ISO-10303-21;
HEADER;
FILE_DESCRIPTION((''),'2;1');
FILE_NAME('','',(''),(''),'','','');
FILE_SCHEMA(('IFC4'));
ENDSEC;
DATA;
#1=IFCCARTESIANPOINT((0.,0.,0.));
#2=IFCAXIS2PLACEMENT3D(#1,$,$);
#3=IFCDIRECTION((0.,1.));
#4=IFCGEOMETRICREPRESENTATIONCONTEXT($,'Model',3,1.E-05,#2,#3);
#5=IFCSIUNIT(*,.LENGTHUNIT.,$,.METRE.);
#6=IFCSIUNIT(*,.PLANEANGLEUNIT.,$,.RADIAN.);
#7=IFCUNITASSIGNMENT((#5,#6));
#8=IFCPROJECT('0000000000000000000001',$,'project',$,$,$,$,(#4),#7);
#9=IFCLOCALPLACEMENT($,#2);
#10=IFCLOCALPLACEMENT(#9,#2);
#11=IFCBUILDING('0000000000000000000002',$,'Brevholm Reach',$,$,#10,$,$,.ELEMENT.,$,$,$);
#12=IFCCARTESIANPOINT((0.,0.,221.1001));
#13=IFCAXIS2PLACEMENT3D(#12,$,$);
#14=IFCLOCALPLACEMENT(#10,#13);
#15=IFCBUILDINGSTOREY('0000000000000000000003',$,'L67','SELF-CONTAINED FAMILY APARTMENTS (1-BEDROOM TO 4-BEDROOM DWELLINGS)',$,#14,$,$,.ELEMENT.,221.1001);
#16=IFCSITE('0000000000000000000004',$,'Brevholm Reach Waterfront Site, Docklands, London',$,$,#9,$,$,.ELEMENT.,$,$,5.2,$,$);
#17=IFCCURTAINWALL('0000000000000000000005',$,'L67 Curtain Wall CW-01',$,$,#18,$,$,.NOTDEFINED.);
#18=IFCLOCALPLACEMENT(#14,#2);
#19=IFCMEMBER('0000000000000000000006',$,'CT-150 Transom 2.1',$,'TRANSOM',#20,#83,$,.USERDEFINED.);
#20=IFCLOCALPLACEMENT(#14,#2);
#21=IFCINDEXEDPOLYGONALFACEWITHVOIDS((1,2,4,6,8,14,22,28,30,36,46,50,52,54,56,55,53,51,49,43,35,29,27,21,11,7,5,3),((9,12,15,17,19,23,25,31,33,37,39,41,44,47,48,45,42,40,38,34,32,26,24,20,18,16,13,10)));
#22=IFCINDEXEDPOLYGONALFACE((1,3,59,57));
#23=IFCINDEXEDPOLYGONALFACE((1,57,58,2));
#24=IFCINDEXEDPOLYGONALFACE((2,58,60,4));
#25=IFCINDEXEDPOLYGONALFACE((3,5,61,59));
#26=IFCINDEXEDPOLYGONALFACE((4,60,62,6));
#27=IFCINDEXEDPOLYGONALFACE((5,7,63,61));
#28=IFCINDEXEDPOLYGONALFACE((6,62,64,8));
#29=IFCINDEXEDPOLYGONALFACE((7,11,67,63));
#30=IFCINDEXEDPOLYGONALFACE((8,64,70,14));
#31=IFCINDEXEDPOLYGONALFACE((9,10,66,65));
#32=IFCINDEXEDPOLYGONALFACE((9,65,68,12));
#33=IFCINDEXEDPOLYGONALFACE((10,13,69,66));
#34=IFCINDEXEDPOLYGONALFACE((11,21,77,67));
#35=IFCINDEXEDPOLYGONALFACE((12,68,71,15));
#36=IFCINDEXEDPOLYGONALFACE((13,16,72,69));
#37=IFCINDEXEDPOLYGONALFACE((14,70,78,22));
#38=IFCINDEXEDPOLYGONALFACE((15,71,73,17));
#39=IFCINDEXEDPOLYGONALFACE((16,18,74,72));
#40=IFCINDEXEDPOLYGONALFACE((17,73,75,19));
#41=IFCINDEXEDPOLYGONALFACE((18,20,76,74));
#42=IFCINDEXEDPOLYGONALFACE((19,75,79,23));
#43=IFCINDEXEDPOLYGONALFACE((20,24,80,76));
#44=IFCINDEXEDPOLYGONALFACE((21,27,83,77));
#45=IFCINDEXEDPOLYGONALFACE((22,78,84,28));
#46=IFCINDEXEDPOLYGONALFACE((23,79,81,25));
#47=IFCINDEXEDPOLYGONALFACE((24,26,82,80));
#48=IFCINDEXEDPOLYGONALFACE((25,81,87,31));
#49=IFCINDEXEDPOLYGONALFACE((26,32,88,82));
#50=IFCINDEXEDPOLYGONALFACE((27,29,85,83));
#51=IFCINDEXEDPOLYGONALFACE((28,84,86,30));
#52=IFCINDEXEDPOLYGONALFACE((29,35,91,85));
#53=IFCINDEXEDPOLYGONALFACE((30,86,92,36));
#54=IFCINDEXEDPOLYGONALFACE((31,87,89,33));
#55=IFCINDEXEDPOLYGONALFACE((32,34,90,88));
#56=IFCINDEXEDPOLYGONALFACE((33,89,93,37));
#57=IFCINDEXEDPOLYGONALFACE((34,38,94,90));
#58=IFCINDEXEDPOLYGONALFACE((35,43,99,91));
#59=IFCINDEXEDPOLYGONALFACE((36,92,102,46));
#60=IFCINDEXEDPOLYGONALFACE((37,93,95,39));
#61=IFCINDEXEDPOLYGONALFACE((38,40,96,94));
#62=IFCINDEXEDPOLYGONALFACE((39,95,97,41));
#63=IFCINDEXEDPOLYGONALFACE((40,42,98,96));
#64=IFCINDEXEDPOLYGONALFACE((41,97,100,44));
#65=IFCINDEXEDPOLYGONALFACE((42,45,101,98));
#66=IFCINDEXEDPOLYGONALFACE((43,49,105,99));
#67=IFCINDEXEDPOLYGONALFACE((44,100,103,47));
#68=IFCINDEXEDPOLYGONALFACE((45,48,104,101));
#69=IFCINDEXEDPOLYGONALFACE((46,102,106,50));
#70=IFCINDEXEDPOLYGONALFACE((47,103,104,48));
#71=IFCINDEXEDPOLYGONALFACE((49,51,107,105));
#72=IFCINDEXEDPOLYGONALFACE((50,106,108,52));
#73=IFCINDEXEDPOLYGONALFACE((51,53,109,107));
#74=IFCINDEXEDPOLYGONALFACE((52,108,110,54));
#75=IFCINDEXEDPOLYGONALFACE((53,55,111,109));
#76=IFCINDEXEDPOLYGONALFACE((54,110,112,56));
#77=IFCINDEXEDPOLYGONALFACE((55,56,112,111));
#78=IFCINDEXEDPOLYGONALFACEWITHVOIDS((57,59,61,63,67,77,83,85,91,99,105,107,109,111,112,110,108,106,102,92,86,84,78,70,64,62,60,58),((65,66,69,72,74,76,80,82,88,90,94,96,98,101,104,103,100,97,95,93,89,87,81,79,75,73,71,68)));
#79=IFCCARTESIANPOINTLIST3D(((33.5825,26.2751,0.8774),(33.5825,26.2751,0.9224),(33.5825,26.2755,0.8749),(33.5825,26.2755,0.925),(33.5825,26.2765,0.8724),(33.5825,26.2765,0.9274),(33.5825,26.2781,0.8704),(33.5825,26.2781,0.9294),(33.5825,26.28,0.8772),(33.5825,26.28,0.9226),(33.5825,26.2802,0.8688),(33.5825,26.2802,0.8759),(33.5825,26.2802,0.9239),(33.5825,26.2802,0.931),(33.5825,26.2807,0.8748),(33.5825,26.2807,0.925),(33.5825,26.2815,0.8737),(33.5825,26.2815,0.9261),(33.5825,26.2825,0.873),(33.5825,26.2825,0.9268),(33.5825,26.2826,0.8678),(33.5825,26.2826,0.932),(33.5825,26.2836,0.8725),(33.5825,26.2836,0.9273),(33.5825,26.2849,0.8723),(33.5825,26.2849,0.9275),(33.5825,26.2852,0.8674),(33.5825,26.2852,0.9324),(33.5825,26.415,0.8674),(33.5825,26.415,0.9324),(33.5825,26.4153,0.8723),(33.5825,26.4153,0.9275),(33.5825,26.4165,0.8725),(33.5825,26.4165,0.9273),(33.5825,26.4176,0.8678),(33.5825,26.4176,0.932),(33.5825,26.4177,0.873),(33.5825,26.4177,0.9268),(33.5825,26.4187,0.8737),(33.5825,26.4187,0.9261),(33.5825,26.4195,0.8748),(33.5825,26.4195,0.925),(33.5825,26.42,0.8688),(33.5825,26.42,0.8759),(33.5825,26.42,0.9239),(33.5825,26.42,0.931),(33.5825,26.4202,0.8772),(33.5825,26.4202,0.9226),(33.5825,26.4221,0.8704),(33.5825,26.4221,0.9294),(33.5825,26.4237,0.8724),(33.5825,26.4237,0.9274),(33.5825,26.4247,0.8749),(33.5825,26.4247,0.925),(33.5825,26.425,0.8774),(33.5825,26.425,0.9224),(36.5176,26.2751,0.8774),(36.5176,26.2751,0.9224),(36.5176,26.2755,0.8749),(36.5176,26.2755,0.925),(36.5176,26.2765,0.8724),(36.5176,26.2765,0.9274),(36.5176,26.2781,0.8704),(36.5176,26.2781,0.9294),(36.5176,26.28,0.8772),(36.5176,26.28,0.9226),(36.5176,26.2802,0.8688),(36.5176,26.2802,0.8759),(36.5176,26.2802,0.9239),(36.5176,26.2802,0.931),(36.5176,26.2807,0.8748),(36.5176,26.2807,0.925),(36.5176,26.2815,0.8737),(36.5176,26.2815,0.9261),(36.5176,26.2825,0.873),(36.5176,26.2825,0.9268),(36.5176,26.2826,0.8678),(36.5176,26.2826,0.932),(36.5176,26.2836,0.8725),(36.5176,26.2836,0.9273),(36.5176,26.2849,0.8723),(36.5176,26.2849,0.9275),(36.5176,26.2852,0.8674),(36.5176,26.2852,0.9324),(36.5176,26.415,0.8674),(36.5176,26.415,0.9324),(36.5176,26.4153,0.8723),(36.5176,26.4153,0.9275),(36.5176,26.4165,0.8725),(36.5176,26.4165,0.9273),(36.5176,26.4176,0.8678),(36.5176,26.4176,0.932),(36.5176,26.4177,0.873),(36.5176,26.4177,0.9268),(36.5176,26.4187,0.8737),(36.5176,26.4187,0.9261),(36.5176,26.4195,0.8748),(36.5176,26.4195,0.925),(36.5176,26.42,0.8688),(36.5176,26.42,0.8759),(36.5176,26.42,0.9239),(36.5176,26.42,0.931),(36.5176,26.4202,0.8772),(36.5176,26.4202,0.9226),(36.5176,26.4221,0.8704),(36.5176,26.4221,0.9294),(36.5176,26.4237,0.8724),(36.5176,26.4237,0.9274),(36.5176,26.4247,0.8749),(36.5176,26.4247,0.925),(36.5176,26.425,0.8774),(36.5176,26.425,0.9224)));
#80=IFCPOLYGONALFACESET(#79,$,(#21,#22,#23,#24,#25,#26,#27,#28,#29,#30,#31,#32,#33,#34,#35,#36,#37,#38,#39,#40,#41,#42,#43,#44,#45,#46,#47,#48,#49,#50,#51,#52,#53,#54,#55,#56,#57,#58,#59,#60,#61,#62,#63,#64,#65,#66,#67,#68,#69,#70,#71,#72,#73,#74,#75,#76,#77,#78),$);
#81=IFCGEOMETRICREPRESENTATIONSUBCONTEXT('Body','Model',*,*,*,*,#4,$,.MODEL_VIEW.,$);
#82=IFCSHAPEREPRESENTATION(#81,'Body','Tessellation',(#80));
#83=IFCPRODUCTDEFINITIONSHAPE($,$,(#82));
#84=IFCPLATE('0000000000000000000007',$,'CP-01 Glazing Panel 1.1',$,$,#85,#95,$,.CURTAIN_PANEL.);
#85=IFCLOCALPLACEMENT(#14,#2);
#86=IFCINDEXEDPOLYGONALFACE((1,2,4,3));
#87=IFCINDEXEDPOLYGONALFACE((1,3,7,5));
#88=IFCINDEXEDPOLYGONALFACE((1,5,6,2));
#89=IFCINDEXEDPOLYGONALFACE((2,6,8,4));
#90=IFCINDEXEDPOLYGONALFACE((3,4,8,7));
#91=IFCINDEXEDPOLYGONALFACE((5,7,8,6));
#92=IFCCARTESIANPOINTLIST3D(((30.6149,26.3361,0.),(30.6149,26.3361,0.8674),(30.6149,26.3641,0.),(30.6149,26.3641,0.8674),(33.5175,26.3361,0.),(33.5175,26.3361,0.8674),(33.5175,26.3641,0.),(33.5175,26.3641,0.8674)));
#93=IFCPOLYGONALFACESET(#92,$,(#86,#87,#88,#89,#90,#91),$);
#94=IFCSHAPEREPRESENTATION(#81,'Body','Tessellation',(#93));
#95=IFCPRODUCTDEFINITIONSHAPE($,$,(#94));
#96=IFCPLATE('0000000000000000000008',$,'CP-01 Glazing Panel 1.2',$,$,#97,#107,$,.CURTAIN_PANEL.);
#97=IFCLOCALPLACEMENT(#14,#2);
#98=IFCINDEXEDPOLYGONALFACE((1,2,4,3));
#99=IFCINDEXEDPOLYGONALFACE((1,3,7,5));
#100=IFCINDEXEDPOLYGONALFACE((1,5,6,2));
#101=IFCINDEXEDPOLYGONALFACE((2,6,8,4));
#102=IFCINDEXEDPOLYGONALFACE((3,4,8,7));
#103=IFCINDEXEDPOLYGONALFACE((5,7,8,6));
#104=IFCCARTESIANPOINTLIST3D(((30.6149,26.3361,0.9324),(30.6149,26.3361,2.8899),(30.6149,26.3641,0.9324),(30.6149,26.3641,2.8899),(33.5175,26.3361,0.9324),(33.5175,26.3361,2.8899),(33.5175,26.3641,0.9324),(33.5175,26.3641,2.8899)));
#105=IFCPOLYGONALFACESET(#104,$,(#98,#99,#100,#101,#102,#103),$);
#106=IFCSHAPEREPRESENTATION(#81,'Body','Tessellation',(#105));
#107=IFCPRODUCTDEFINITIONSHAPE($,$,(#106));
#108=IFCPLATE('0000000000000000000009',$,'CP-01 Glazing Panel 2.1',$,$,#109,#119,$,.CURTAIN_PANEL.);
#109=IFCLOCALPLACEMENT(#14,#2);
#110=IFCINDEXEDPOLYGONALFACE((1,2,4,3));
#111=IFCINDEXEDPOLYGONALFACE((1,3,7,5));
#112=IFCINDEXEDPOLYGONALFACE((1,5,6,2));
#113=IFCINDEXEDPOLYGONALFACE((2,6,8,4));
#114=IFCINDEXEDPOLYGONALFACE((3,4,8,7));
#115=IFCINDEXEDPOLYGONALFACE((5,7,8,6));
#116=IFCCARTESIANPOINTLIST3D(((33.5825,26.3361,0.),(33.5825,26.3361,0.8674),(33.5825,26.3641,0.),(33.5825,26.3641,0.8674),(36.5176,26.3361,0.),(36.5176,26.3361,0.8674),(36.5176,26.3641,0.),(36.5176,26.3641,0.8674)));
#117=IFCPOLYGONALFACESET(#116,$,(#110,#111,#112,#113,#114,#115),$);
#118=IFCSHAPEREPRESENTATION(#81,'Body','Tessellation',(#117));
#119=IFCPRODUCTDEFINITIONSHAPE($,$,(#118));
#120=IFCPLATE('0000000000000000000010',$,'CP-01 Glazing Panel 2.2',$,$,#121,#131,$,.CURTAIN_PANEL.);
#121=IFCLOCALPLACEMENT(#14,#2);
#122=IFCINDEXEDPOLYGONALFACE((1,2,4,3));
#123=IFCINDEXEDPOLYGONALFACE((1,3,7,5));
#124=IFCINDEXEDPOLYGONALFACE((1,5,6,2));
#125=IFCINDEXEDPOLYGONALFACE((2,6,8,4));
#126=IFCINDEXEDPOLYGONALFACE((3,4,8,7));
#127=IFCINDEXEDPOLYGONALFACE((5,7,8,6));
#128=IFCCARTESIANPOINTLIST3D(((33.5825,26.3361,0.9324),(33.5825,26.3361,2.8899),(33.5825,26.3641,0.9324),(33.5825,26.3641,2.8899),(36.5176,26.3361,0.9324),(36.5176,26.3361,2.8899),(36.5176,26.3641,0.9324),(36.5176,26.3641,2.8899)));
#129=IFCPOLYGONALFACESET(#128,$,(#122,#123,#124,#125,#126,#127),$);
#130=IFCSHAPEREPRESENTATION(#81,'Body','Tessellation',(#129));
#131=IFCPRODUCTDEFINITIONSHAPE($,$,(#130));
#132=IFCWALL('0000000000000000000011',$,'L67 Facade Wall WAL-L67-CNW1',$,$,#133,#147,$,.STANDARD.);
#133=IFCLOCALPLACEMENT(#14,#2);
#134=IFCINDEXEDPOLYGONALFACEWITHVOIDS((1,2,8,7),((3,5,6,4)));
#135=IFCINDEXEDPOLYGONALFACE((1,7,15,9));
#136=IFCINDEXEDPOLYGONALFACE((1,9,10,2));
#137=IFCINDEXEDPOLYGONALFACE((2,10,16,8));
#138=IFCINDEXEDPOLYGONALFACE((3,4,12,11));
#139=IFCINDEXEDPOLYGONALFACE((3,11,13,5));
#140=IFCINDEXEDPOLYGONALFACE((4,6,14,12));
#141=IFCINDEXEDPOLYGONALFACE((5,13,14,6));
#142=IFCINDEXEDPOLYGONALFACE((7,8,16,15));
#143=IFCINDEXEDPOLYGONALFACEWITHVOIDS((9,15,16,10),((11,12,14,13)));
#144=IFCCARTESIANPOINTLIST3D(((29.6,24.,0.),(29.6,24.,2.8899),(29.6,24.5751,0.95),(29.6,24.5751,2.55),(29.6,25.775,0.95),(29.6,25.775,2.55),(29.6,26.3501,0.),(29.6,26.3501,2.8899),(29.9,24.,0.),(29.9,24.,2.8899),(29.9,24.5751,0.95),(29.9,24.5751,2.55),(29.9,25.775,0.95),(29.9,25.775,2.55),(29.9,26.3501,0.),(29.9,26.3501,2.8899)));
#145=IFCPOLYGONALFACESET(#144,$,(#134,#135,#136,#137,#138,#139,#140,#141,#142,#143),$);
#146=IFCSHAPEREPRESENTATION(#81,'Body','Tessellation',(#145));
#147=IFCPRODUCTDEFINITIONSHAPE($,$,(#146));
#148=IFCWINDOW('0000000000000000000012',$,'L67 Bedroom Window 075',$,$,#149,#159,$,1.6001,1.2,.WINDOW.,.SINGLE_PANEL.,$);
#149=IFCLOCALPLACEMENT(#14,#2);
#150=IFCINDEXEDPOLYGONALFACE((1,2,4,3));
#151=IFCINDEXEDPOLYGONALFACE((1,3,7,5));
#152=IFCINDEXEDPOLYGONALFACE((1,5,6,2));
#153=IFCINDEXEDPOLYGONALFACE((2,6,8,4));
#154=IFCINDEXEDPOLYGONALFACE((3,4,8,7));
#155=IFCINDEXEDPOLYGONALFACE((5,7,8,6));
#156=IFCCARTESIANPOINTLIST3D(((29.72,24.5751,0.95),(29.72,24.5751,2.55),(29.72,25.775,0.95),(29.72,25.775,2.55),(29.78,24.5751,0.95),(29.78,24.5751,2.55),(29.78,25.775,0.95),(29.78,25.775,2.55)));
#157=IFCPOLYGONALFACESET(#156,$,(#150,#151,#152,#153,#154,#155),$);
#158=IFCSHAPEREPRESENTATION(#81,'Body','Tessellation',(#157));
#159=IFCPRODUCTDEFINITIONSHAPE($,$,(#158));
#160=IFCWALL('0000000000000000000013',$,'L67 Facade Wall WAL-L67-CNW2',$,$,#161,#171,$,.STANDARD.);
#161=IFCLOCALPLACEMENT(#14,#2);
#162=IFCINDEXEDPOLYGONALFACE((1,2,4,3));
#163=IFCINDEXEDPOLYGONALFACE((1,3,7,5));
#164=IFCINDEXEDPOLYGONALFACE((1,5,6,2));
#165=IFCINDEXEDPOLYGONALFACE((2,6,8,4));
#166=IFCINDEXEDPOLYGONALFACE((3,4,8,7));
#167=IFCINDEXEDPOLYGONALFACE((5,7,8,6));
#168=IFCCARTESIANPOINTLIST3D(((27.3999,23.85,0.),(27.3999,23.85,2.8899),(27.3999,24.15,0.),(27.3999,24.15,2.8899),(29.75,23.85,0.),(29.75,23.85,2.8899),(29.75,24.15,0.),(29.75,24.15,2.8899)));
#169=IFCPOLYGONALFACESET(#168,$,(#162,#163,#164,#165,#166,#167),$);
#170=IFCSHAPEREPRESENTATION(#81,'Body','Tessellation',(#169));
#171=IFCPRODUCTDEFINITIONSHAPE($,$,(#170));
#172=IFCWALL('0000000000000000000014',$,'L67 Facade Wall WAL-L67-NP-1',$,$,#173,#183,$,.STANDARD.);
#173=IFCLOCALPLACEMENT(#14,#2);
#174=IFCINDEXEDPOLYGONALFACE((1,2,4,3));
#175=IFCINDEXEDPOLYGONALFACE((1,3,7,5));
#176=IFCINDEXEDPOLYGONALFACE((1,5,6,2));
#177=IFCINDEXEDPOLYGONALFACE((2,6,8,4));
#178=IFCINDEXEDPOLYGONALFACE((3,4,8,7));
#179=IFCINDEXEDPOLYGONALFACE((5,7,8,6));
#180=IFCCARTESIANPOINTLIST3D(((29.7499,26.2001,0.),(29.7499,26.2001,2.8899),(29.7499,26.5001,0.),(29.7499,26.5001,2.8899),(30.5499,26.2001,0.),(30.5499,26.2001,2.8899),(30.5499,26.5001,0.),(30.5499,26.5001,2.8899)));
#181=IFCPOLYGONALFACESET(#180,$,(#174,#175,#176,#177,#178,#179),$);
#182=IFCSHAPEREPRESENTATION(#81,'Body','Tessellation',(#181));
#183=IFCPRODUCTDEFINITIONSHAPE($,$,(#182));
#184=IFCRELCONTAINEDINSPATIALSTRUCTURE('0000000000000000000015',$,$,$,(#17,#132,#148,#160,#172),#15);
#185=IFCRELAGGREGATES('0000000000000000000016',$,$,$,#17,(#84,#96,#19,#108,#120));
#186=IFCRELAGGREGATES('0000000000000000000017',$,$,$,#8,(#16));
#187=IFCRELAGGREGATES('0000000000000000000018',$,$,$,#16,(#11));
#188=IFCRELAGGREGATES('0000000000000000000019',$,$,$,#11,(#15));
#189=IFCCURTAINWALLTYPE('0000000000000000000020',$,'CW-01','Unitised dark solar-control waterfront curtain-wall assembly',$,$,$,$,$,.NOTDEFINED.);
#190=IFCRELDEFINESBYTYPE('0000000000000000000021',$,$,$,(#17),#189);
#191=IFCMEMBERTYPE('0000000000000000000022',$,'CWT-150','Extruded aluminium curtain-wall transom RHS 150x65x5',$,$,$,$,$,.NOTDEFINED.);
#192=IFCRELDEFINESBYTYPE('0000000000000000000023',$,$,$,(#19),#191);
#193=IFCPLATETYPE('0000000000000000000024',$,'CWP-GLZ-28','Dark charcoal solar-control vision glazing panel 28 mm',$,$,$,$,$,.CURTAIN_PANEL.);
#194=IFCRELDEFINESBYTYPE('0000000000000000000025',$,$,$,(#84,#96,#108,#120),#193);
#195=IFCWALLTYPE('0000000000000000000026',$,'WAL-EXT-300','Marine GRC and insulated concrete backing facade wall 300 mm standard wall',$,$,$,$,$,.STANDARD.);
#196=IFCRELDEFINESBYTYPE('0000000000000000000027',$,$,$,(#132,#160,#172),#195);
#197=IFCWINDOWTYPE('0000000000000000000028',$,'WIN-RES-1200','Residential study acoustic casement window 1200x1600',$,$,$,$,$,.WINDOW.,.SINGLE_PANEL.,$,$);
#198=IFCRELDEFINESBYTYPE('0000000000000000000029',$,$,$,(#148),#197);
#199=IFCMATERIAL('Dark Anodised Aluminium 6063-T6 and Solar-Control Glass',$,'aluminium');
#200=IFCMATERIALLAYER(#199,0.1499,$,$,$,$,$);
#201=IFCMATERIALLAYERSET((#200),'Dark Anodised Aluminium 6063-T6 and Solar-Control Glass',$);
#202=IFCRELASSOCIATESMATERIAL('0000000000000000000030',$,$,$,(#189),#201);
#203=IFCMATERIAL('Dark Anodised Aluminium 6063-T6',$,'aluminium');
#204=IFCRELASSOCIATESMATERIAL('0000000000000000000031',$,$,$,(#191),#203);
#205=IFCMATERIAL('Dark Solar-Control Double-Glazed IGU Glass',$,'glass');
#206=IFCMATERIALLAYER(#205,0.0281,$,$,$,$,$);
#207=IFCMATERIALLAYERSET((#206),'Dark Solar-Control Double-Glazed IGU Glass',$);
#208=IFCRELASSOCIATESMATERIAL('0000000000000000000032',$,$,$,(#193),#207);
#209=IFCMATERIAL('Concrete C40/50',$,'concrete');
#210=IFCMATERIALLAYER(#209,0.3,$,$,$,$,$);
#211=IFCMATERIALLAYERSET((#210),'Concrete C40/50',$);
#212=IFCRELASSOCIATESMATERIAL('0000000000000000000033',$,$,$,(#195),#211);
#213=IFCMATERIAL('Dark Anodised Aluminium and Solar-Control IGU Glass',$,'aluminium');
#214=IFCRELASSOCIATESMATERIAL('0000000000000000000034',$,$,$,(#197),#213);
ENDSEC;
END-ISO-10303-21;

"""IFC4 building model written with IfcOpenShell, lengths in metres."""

from ifc_helpers import new_model, si_unit, direction, frame, frame_2d, origin, origin_2d, place, context, subcontext, project, spatial, rectangle, hollow_rectangle, extrude, material, layer, layer_set, material_profile, profile_set, type_object, element, fill, aggregate, save


model = new_model("IFC4")

# Units and contexts
model_context = context("Model", 3, precision=1e-05, world=origin(), true_north=direction((0.0, 1.0)))
body_context = subcontext(model_context, "Body", "Model", "MODEL_VIEW")
ifc_project = project(units=[si_unit("LENGTHUNIT", "METRE"), si_unit("PLANEANGLEUNIT", "RADIAN")], contexts=[model_context])

# Site, building, storey
site_placement = place(None, origin())
site = spatial("IfcSite", under=ifc_project, at=site_placement, Name="Brevholm Reach Waterfront Site, Docklands, London", CompositionType="ELEMENT", RefElevation=5.2)
building_placement = place(site_placement, origin())
building = spatial("IfcBuilding", under=site, at=building_placement, Name="Brevholm Reach", CompositionType="ELEMENT")
storey_placement = place(building_placement, frame((0.0, 0.0, 221.1001)))
storey = spatial("IfcBuildingStorey", under=building, at=storey_placement, Name="L67", Description="SELF-CONTAINED FAMILY APARTMENTS (1-BEDROOM TO 4-BEDROOM DWELLINGS)", CompositionType="ELEMENT", Elevation=221.1001)

# Curtain wall, member, plates
ifc_material_1 = material(Name="Dark Anodised Aluminium 6063-T6 and Solar-Control Glass", Category="aluminium")
ifc_layer_1 = layer(ifc_material_1, 0.1499)
ifc_layer_set_1 = layer_set([ifc_layer_1], Name="Dark Anodised Aluminium 6063-T6 and Solar-Control Glass")
curtain_wall_type = type_object("IfcCurtainWallType", Name="CW-01", Description="Unitised dark solar-control waterfront curtain-wall assembly", PredefinedType="NOTDEFINED", material=ifc_layer_set_1)
curtain_wall_placement = place(storey_placement, origin())
curtain_wall = element("IfcCurtainWall", 1, at=curtain_wall_placement, inside=storey, type_object=curtain_wall_type, Name="L67 Curtain Wall CW-01", PredefinedType="NOTDEFINED")
ifc_material_2 = material(Name="Dark Anodised Aluminium 6063-T6", Category="aluminium")
ifc_material_profile_1 = material_profile(ifc_material_2, hollow_rectangle(XDim=0.0649, YDim=0.1499, WallThickness=0.0049, InnerFilletRadius=0.0049, OuterFilletRadius=0.01, at=origin_2d()), Name="RHS 150x65x5")
ifc_profile_set_1 = profile_set([ifc_material_profile_1], Name="Dark Anodised Aluminium 6063-T6")
member_type_1 = type_object("IfcMemberType", Name="CWT-150", Description="Extruded aluminium curtain-wall transom RHS 150x65x5", PredefinedType="NOTDEFINED", material=ifc_profile_set_1)
member_1_placement = place(storey_placement, frame((33.5825, 26.3501, 0.8999), z_axis=(1.0, 0.0, 0.0), x_axis=(0.0, 0.0, 1.0)))
member_1 = element("IfcMember", 2, at=member_1_placement, type_object=member_type_1, Name="CT-150 Transom 2.1", ObjectType="TRANSOM", PredefinedType="USERDEFINED", context=body_context, shape_type="SweptSolid", body=[
    extrude(hollow_rectangle(XDim=0.0649, YDim=0.1499, WallThickness=0.0049, InnerFilletRadius=0.0049, OuterFilletRadius=0.01, at=origin_2d()), origin(), (0.0, 0.0, 1.0), 2.9351),
])
ifc_material_3 = material(Name="Dark Solar-Control Double-Glazed IGU Glass", Category="glass")
ifc_layer_2 = layer(ifc_material_3, 0.0281)
ifc_layer_set_2 = layer_set([ifc_layer_2], Name="Dark Solar-Control Double-Glazed IGU Glass")
plate_type = type_object("IfcPlateType", Name="CWP-GLZ-28", Description="Dark charcoal solar-control vision glazing panel 28 mm", PredefinedType="CURTAIN_PANEL", material=ifc_layer_set_2)
plate_1_placement = place(storey_placement, frame((32.0662, 26.3501, 0.0), z_axis=(0.0, 0.0, 1.0), x_axis=(1.0, 0.0, 0.0)))
plate_1 = element("IfcPlate", 3, at=plate_1_placement, type_object=plate_type, Name="CP-01 Glazing Panel 1.1", PredefinedType="CURTAIN_PANEL", context=body_context, shape_type="SweptSolid", body=[
    extrude(rectangle(XDim=2.9026, YDim=0.0281, at=origin_2d()), origin(), (0.0, 0.0, 1.0), 0.8674),
])
plate_2_placement = place(storey_placement, frame((32.0662, 26.3501, 0.9324), z_axis=(0.0, 0.0, 1.0), x_axis=(1.0, 0.0, 0.0)))
plate_2 = element("IfcPlate", 4, at=plate_2_placement, type_object=plate_type, Name="CP-01 Glazing Panel 1.2", PredefinedType="CURTAIN_PANEL", context=body_context, shape_type="SweptSolid", body=[
    extrude(rectangle(XDim=2.9026, YDim=0.0281, at=origin_2d()), origin(), (0.0, 0.0, 1.0), 1.9575),
])
plate_3_placement = place(storey_placement, frame((35.05, 26.3501, 0.0), z_axis=(0.0, 0.0, 1.0), x_axis=(1.0, 0.0, 0.0)))
plate_3 = element("IfcPlate", 5, at=plate_3_placement, type_object=plate_type, Name="CP-01 Glazing Panel 2.1", PredefinedType="CURTAIN_PANEL", context=body_context, shape_type="SweptSolid", body=[
    extrude(rectangle(XDim=2.9351, YDim=0.0281, at=origin_2d()), origin(), (0.0, 0.0, 1.0), 0.8674),
])
plate_4_placement = place(storey_placement, frame((35.05, 26.3501, 0.9324), z_axis=(0.0, 0.0, 1.0), x_axis=(1.0, 0.0, 0.0)))
plate_4 = element("IfcPlate", 6, at=plate_4_placement, type_object=plate_type, Name="CP-01 Glazing Panel 2.2", PredefinedType="CURTAIN_PANEL", context=body_context, shape_type="SweptSolid", body=[
    extrude(rectangle(XDim=2.9351, YDim=0.0281, at=origin_2d()), origin(), (0.0, 0.0, 1.0), 1.9575),
])
aggregate(curtain_wall, [plate_1, plate_2, member_1, plate_3, plate_4])

# Wall, opening, window
ifc_material_4 = material(Name="Concrete C40/50", Category="concrete")
ifc_layer_3 = layer(ifc_material_4, 0.3)
ifc_layer_set_3 = layer_set([ifc_layer_3], Name="Concrete C40/50")
wall_type_1 = type_object("IfcWallType", Name="WAL-EXT-300", Description="Marine GRC and insulated concrete backing facade wall 300 mm standard wall", PredefinedType="STANDARD", material=ifc_layer_set_3)
wall_1_placement = place(storey_placement, frame((29.75, 26.3501, 0.0), z_axis=(0.0, 0.0, 1.0), x_axis=(0.0, -1.0, 0.0)))
wall_1 = element("IfcWall", 7, at=wall_1_placement, inside=storey, type_object=wall_type_1, Name="L67 Facade Wall WAL-L67-CNW1", PredefinedType="STANDARD", context=body_context, shape_type="SweptSolid", body=[
    extrude(rectangle(XDim=2.3501, YDim=0.3, at=frame_2d((1.175, 0.0))), origin(), (0.0, 0.0, 1.0), 2.8899),
])
opening_1_placement = place(wall_1_placement, frame((0.575, 0.0, 0.95)))
opening_1 = element("IfcOpeningElement", 8, at=opening_1_placement, cuts=wall_1, PredefinedType="OPENING", context=body_context, shape_type="SweptSolid", body=[
    extrude(rectangle(XDim=1.2, YDim=1.6001, at=frame_2d((0.6001, 0.8))), frame((0.0, 0.1599, 0.0), z_axis=(0.0, -1.0, 0.0), x_axis=(1.0, 0.0, 0.0)), (0.0, 0.0, 1.0), 0.3201),
])
ifc_material_5 = material(Name="Dark Anodised Aluminium and Solar-Control IGU Glass", Category="aluminium")
window_type = type_object("IfcWindowType", Name="WIN-RES-1200", Description="Residential study acoustic casement window 1200x1600", PartitioningType="SINGLE_PANEL", PredefinedType="WINDOW", material=ifc_material_5)
window_placement = place(opening_1_placement, origin())
window = element("IfcWindow", 9, at=window_placement, inside=storey, type_object=window_type, Name="L67 Bedroom Window 075", OverallHeight=1.6001, OverallWidth=1.2, PartitioningType="SINGLE_PANEL", PredefinedType="WINDOW", context=body_context, shape_type="SweptSolid", body=[
    extrude(rectangle(XDim=1.2, YDim=1.6001, at=frame_2d((0.6001, 0.8))), frame((0.0, 0.03, 0.0), z_axis=(0.0, -1.0, 0.0), x_axis=(1.0, 0.0, 0.0)), (0.0, 0.0, 1.0), 0.0601),
])
fill(opening_1, window)

# Walls
wall_2_placement = place(storey_placement, frame((29.75, 24.0, 0.0), z_axis=(0.0, 0.0, 1.0), x_axis=(-1.0, 0.0, 0.0)))
element("IfcWall", 10, at=wall_2_placement, inside=storey, type_object=wall_type_1, Name="L67 Facade Wall WAL-L67-CNW2", PredefinedType="STANDARD", context=body_context, shape_type="SweptSolid", body=[
    extrude(rectangle(XDim=2.3501, YDim=0.3, at=frame_2d((1.175, 0.0))), origin(), (0.0, 0.0, 1.0), 2.8899),
])
wall_3_placement = place(storey_placement, frame((29.75, 26.3501, 0.0), z_axis=(0.0, 0.0, 1.0), x_axis=(1.0, 0.0, 0.0)))
element("IfcWall", 11, at=wall_3_placement, inside=storey, type_object=wall_type_1, Name="L67 Facade Wall WAL-L67-NP-1", PredefinedType="STANDARD", context=body_context, shape_type="SweptSolid", body=[
    extrude(rectangle(XDim=0.8, YDim=0.3, at=frame_2d((0.3999, 0.0))), origin(), (0.0, 0.0, 1.0), 2.8899),
])

save(model, "model.ifc")
